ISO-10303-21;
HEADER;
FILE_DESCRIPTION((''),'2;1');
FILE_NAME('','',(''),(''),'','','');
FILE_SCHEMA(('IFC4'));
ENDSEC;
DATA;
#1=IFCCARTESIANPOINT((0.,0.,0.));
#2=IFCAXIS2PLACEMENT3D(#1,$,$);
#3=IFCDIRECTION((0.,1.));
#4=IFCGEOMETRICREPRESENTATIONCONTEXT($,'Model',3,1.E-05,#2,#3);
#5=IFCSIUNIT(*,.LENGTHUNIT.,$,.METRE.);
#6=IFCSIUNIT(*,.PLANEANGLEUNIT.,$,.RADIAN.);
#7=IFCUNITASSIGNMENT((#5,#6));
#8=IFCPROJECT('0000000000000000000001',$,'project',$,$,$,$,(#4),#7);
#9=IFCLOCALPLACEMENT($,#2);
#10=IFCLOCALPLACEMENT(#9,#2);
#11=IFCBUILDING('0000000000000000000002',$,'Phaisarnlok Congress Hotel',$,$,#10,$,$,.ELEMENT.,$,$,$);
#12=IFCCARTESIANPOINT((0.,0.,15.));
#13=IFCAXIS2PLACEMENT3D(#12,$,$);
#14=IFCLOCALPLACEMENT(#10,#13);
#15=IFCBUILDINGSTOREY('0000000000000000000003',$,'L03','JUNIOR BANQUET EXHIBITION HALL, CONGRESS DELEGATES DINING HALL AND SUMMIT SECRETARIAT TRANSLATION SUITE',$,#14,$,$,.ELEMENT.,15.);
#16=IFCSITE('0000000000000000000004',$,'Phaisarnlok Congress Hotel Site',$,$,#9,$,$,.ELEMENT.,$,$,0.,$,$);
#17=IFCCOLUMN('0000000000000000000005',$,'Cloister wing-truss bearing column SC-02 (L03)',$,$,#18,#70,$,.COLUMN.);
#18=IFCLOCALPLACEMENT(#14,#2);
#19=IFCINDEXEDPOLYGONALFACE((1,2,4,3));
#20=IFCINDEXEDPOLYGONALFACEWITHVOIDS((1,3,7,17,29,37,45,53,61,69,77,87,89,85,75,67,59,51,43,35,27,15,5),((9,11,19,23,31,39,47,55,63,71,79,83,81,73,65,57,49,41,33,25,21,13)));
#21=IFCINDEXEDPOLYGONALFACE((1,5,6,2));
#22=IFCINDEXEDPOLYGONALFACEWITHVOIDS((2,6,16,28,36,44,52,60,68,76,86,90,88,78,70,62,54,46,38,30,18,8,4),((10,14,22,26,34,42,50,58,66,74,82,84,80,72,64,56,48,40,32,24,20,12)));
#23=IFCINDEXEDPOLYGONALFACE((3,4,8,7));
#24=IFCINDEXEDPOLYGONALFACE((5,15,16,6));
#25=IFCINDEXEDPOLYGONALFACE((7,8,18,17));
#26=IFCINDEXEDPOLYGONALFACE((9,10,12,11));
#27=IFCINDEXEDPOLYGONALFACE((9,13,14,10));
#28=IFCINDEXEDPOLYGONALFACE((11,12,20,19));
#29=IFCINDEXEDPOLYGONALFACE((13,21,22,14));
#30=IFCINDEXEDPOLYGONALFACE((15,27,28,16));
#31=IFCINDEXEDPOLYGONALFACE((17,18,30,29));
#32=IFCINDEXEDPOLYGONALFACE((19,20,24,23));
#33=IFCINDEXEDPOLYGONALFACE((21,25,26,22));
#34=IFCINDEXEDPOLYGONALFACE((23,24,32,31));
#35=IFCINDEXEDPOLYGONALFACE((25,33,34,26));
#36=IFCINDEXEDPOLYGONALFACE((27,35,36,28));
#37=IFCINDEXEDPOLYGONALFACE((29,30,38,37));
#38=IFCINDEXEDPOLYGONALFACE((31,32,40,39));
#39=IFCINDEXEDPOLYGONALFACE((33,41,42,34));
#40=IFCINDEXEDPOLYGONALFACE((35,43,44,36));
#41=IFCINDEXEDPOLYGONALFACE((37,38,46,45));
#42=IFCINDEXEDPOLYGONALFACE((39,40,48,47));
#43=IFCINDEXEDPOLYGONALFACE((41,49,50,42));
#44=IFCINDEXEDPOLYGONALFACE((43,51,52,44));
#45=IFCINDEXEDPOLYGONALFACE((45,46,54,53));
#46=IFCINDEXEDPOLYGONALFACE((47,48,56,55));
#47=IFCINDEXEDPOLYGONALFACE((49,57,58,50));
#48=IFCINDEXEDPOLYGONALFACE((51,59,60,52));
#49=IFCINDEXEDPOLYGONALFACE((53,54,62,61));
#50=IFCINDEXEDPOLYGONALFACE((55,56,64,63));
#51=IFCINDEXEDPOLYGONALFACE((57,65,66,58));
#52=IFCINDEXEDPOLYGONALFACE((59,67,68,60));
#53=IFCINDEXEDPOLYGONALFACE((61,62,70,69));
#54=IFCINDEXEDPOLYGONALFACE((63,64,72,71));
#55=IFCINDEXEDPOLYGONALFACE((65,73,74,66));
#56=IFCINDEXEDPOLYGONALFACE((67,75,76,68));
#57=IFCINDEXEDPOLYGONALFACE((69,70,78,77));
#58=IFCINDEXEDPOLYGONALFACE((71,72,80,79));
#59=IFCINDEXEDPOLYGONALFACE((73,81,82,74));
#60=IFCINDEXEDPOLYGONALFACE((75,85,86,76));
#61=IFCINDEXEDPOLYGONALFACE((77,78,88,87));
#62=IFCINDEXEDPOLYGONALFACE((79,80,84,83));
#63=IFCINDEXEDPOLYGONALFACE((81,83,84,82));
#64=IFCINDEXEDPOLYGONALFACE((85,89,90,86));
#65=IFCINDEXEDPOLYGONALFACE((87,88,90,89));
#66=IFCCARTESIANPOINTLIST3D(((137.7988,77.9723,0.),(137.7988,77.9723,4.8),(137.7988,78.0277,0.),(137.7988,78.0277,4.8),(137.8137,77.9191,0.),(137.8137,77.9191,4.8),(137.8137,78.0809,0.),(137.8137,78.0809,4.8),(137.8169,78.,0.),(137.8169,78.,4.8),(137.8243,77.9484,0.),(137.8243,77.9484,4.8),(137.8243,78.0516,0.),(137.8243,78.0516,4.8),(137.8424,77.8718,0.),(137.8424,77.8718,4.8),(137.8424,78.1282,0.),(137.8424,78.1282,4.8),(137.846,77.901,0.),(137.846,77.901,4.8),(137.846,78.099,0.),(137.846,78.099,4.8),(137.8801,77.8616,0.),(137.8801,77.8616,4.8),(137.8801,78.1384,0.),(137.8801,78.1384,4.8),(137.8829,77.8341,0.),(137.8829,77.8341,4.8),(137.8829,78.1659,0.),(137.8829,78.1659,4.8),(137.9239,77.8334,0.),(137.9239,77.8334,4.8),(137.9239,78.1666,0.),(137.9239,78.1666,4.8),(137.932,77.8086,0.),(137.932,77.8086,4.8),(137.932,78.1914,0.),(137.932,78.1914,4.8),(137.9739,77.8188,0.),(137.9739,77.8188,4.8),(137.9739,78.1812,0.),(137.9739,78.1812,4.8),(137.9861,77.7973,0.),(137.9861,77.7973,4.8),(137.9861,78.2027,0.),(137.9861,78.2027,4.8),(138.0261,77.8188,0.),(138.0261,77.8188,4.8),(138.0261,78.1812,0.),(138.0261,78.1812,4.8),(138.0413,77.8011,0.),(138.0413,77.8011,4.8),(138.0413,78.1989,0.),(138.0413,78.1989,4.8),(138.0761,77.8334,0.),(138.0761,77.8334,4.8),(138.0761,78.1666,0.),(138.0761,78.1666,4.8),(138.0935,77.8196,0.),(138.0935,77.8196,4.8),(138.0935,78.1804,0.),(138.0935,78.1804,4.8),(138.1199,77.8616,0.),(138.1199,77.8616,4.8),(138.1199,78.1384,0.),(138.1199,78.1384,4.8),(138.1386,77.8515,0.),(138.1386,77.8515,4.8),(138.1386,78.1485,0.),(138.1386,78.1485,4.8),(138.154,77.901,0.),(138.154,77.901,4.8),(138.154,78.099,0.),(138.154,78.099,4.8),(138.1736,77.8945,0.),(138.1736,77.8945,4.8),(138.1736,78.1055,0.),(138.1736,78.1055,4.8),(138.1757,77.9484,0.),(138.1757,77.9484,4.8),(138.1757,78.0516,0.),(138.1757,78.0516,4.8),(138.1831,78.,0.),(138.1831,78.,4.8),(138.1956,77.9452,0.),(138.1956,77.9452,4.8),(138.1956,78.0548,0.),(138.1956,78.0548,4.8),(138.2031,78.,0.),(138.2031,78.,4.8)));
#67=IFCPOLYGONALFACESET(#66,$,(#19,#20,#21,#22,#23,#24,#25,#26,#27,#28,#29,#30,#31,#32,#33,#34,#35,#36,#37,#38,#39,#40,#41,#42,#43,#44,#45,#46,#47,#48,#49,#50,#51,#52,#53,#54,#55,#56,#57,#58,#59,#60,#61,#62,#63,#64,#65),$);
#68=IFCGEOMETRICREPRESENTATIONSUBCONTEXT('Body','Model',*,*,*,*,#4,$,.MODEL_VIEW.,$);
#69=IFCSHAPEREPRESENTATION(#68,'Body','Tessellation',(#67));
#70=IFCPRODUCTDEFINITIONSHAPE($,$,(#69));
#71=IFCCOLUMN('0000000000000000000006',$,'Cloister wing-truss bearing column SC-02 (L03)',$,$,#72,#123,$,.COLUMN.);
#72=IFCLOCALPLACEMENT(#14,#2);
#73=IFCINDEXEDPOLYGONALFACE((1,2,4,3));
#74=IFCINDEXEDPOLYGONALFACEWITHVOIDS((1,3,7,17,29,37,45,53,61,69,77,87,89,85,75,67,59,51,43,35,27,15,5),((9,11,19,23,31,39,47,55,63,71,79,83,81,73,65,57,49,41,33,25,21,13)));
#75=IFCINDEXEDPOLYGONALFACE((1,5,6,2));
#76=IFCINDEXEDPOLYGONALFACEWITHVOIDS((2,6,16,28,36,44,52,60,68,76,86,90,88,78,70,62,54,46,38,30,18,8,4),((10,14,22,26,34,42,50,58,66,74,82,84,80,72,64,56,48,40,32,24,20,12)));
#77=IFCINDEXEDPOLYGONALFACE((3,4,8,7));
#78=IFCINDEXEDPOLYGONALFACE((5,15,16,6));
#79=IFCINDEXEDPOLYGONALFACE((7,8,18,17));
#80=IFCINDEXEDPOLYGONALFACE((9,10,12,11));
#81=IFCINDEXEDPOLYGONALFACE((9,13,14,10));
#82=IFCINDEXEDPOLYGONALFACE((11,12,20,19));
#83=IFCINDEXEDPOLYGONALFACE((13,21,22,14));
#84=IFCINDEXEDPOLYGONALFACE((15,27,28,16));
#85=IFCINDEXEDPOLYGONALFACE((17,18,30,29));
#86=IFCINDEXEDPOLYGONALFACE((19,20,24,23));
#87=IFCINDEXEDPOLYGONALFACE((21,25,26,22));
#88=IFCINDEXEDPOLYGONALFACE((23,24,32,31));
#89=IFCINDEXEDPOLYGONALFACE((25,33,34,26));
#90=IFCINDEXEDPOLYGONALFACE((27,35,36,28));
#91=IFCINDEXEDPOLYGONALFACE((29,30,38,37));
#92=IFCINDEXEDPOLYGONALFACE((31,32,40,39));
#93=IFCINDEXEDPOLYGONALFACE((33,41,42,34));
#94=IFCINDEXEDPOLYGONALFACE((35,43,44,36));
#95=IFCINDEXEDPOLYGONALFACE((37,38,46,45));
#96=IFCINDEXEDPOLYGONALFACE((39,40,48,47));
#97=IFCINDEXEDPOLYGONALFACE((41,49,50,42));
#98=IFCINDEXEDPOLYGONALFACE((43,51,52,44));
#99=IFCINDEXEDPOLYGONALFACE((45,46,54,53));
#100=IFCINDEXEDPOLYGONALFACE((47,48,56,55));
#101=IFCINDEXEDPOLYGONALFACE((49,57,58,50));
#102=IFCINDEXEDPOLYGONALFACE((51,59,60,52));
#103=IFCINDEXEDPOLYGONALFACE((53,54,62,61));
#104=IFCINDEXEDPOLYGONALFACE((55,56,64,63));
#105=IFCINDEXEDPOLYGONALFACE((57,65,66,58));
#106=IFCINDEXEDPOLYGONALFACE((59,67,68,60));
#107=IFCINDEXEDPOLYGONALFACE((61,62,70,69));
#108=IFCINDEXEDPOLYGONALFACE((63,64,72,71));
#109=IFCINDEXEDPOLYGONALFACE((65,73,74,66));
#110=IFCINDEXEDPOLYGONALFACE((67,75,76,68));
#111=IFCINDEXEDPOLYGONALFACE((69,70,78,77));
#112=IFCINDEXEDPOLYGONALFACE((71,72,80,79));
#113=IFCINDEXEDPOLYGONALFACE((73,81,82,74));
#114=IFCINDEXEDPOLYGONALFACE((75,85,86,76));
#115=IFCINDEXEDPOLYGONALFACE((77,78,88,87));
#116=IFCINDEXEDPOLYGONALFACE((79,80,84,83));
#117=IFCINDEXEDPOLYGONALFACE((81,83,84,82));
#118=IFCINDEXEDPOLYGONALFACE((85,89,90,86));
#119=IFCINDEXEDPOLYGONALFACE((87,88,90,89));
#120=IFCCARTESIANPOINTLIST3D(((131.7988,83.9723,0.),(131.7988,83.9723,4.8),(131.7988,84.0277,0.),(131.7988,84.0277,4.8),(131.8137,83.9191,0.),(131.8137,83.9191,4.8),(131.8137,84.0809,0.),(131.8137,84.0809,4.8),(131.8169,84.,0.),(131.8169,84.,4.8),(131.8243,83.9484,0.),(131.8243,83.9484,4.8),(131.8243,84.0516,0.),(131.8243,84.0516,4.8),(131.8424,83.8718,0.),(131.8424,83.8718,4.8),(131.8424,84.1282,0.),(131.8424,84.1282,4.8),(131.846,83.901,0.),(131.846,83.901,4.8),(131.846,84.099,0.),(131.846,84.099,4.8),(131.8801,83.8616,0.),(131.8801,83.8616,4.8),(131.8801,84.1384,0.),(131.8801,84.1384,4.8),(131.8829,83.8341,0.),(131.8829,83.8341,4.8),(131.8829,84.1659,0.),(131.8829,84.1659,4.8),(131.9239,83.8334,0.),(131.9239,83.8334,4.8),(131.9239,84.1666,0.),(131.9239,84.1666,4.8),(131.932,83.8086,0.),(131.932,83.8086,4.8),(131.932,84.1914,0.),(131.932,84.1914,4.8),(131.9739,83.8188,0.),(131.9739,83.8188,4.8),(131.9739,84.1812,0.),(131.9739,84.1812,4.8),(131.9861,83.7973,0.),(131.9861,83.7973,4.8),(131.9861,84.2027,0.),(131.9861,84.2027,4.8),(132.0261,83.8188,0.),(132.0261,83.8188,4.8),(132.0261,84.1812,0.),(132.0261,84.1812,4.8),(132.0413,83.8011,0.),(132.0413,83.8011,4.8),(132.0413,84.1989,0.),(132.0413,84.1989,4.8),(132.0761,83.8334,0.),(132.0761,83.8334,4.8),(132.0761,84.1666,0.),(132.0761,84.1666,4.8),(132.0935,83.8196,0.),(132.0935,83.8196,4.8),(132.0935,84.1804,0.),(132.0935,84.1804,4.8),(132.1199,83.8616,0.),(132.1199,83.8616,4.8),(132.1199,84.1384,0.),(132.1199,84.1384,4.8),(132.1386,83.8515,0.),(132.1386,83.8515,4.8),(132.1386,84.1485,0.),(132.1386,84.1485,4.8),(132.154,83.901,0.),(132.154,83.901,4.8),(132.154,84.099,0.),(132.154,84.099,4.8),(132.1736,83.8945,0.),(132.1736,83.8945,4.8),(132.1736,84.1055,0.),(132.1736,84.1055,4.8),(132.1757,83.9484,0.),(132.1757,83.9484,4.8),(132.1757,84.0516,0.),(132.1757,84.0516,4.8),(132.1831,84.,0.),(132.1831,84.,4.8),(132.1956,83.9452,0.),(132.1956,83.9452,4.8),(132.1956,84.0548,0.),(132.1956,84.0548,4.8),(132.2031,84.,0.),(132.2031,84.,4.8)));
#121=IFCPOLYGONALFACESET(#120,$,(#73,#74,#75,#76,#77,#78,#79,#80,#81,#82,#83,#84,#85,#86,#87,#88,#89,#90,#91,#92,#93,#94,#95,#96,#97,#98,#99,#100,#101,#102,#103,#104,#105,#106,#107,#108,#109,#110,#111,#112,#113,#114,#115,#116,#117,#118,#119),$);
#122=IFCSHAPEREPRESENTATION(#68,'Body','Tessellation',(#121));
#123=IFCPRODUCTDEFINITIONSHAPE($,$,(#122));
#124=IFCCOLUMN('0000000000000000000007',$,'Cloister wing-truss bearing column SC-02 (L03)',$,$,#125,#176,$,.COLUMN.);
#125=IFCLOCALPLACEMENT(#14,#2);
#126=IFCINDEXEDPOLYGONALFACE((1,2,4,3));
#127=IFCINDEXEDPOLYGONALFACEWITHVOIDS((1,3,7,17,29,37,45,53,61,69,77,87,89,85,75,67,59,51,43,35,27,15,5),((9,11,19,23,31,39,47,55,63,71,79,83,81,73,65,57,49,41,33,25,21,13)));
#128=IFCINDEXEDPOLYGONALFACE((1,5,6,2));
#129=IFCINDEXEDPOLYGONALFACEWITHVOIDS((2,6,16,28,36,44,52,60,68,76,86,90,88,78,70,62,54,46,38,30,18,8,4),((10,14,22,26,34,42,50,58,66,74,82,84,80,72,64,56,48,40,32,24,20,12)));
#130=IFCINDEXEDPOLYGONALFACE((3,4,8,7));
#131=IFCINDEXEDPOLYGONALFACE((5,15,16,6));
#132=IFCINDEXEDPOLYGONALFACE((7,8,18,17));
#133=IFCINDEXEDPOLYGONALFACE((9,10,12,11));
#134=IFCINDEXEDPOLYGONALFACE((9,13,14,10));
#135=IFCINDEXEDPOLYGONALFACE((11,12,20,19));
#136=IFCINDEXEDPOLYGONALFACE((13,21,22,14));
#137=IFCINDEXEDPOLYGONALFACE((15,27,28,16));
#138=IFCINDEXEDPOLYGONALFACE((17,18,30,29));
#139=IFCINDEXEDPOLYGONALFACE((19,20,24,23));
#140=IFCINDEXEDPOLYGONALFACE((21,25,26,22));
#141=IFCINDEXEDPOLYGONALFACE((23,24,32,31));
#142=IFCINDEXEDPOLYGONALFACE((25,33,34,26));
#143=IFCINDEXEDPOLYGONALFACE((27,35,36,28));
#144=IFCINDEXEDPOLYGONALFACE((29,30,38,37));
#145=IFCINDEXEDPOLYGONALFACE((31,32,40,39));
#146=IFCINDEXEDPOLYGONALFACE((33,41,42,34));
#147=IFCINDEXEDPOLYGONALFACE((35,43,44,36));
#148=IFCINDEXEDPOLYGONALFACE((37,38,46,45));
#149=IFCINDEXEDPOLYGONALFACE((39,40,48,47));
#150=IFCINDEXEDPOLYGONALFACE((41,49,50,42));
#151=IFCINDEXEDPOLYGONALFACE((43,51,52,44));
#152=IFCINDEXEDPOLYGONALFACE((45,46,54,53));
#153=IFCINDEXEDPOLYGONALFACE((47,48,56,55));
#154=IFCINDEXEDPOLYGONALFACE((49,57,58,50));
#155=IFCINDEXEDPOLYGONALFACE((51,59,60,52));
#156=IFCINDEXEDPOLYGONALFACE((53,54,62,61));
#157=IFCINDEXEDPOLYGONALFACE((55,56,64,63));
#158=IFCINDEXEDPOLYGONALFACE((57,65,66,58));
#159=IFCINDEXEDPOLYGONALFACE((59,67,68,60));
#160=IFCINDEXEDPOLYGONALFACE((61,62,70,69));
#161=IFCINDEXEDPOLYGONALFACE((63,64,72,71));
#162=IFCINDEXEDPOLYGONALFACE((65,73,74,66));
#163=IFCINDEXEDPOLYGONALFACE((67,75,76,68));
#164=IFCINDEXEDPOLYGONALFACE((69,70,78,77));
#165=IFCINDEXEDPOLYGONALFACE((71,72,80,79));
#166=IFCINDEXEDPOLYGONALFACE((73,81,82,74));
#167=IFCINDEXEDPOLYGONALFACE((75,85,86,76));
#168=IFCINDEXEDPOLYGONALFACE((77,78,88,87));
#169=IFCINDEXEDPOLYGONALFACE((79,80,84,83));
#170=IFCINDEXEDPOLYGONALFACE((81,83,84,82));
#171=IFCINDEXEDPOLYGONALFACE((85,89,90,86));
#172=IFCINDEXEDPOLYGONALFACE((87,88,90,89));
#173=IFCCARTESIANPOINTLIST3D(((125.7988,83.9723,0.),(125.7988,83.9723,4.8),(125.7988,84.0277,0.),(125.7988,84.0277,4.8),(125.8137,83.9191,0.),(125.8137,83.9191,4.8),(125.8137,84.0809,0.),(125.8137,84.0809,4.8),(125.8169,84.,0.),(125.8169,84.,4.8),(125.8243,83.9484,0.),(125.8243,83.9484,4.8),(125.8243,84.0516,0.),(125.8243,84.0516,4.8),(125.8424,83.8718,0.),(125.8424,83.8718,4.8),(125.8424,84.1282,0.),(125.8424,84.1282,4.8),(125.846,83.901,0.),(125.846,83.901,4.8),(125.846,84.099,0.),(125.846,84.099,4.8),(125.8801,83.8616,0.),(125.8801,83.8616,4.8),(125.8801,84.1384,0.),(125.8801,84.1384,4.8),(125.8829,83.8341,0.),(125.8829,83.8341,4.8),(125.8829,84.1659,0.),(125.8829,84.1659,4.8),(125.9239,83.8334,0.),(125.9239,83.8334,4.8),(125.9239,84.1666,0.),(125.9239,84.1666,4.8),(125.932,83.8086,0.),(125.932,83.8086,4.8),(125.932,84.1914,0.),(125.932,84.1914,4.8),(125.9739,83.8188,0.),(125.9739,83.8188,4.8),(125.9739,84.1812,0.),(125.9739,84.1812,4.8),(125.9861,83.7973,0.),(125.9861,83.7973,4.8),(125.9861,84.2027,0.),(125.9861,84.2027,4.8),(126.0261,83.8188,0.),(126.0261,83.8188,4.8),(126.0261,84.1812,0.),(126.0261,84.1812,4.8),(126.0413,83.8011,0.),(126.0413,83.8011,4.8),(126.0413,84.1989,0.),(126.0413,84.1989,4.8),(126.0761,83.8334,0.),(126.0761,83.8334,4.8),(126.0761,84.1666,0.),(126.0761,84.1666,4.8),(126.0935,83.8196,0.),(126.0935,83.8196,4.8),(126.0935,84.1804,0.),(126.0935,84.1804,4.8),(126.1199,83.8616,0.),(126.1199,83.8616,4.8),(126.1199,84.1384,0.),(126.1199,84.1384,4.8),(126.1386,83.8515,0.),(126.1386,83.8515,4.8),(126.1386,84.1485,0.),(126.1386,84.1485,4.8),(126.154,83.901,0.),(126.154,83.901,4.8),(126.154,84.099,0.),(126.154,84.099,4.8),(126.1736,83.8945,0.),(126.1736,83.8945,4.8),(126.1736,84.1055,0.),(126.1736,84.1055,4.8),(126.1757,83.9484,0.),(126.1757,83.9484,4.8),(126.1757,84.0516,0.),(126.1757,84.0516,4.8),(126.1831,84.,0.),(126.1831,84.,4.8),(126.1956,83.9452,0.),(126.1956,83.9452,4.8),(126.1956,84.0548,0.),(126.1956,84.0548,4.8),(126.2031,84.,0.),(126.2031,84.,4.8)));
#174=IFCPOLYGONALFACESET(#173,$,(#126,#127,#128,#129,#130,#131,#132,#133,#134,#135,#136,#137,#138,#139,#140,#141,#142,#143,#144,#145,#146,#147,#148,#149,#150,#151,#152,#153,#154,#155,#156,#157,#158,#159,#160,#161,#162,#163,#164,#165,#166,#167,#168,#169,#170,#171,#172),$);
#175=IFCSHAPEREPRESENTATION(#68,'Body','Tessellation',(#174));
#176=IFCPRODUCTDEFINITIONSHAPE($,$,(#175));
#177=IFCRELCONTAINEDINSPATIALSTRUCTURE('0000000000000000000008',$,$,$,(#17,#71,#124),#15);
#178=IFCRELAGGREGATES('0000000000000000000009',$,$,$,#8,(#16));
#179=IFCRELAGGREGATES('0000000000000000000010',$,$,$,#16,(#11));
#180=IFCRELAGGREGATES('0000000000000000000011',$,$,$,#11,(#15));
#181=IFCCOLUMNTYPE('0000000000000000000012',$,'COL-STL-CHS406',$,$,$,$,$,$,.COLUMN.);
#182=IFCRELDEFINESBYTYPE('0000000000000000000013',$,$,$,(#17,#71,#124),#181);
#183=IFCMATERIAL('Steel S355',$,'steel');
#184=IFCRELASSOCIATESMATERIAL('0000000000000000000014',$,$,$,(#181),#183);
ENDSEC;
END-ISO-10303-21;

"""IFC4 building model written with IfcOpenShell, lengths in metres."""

from ifc_helpers import new_model, si_unit, direction, frame, origin, origin_2d, place, context, subcontext, project, spatial, hollow_circle, extrude, material, material_profile, profile_set, type_object, element, save


model = new_model("IFC4")

# Units and contexts
model_context = context("Model", 3, precision=1e-05, world=origin(), true_north=direction((0.0, 1.0)))
body_context = subcontext(model_context, "Body", "Model", "MODEL_VIEW")
ifc_project = project(units=[si_unit("LENGTHUNIT", "METRE"), si_unit("PLANEANGLEUNIT", "RADIAN")], contexts=[model_context])

# Site, building, storey
site_placement = place(None, origin())
site = spatial("IfcSite", under=ifc_project, at=site_placement, Name="Phaisarnlok Congress Hotel Site", CompositionType="ELEMENT", RefElevation=0.0)
building_placement = place(site_placement, origin())
building = spatial("IfcBuilding", under=site, at=building_placement, Name="Phaisarnlok Congress Hotel", CompositionType="ELEMENT")
storey_placement = place(building_placement, frame((0.0, 0.0, 15.0)))
storey = spatial("IfcBuildingStorey", under=building, at=storey_placement, Name="L03", Description="JUNIOR BANQUET EXHIBITION HALL, CONGRESS DELEGATES DINING HALL AND SUMMIT SECRETARIAT TRANSLATION SUITE", CompositionType="ELEMENT", Elevation=15.0)

# Columns
ifc_material_1 = material(Name="Steel S355", Category="steel")
ifc_material_profile_1 = material_profile(ifc_material_1, hollow_circle(Radius=0.2031, WallThickness=0.02, at=origin_2d()), Name="CHS 406.4x20")
ifc_profile_set_1 = profile_set([ifc_material_profile_1], Name="Steel S355")
column_type_1 = type_object("IfcColumnType", Name="COL-STL-CHS406", PredefinedType="COLUMN", material=ifc_profile_set_1)
for number, where, z_axis, x_axis, name in (
    (1, (138.0, 78.0, 0.0), (0.0, 0.0, 1.0), (1.0, 0.0, 0.0), "Cloister wing-truss bearing column SC-02 (L03)"),
    (2, (132.0, 84.0, 0.0), (0.0, 0.0, 1.0), (1.0, 0.0, 0.0), "Cloister wing-truss bearing column SC-02 (L03)"),
    (3, (126.0, 84.0, 0.0), (0.0, 0.0, 1.0), (1.0, 0.0, 0.0), "Cloister wing-truss bearing column SC-02 (L03)"),
):
    element("IfcColumn", number, at=place(storey_placement, frame(where, z_axis=z_axis, x_axis=x_axis)), inside=storey, type_object=column_type_1, Name=name, PredefinedType="COLUMN", context=body_context, shape_type="SweptSolid", body=[
        extrude(hollow_circle(Radius=0.2031, WallThickness=0.02, at=origin_2d()), origin(), (0.0, 0.0, 1.0), 4.8),
    ])

save(model, "model.ifc")
